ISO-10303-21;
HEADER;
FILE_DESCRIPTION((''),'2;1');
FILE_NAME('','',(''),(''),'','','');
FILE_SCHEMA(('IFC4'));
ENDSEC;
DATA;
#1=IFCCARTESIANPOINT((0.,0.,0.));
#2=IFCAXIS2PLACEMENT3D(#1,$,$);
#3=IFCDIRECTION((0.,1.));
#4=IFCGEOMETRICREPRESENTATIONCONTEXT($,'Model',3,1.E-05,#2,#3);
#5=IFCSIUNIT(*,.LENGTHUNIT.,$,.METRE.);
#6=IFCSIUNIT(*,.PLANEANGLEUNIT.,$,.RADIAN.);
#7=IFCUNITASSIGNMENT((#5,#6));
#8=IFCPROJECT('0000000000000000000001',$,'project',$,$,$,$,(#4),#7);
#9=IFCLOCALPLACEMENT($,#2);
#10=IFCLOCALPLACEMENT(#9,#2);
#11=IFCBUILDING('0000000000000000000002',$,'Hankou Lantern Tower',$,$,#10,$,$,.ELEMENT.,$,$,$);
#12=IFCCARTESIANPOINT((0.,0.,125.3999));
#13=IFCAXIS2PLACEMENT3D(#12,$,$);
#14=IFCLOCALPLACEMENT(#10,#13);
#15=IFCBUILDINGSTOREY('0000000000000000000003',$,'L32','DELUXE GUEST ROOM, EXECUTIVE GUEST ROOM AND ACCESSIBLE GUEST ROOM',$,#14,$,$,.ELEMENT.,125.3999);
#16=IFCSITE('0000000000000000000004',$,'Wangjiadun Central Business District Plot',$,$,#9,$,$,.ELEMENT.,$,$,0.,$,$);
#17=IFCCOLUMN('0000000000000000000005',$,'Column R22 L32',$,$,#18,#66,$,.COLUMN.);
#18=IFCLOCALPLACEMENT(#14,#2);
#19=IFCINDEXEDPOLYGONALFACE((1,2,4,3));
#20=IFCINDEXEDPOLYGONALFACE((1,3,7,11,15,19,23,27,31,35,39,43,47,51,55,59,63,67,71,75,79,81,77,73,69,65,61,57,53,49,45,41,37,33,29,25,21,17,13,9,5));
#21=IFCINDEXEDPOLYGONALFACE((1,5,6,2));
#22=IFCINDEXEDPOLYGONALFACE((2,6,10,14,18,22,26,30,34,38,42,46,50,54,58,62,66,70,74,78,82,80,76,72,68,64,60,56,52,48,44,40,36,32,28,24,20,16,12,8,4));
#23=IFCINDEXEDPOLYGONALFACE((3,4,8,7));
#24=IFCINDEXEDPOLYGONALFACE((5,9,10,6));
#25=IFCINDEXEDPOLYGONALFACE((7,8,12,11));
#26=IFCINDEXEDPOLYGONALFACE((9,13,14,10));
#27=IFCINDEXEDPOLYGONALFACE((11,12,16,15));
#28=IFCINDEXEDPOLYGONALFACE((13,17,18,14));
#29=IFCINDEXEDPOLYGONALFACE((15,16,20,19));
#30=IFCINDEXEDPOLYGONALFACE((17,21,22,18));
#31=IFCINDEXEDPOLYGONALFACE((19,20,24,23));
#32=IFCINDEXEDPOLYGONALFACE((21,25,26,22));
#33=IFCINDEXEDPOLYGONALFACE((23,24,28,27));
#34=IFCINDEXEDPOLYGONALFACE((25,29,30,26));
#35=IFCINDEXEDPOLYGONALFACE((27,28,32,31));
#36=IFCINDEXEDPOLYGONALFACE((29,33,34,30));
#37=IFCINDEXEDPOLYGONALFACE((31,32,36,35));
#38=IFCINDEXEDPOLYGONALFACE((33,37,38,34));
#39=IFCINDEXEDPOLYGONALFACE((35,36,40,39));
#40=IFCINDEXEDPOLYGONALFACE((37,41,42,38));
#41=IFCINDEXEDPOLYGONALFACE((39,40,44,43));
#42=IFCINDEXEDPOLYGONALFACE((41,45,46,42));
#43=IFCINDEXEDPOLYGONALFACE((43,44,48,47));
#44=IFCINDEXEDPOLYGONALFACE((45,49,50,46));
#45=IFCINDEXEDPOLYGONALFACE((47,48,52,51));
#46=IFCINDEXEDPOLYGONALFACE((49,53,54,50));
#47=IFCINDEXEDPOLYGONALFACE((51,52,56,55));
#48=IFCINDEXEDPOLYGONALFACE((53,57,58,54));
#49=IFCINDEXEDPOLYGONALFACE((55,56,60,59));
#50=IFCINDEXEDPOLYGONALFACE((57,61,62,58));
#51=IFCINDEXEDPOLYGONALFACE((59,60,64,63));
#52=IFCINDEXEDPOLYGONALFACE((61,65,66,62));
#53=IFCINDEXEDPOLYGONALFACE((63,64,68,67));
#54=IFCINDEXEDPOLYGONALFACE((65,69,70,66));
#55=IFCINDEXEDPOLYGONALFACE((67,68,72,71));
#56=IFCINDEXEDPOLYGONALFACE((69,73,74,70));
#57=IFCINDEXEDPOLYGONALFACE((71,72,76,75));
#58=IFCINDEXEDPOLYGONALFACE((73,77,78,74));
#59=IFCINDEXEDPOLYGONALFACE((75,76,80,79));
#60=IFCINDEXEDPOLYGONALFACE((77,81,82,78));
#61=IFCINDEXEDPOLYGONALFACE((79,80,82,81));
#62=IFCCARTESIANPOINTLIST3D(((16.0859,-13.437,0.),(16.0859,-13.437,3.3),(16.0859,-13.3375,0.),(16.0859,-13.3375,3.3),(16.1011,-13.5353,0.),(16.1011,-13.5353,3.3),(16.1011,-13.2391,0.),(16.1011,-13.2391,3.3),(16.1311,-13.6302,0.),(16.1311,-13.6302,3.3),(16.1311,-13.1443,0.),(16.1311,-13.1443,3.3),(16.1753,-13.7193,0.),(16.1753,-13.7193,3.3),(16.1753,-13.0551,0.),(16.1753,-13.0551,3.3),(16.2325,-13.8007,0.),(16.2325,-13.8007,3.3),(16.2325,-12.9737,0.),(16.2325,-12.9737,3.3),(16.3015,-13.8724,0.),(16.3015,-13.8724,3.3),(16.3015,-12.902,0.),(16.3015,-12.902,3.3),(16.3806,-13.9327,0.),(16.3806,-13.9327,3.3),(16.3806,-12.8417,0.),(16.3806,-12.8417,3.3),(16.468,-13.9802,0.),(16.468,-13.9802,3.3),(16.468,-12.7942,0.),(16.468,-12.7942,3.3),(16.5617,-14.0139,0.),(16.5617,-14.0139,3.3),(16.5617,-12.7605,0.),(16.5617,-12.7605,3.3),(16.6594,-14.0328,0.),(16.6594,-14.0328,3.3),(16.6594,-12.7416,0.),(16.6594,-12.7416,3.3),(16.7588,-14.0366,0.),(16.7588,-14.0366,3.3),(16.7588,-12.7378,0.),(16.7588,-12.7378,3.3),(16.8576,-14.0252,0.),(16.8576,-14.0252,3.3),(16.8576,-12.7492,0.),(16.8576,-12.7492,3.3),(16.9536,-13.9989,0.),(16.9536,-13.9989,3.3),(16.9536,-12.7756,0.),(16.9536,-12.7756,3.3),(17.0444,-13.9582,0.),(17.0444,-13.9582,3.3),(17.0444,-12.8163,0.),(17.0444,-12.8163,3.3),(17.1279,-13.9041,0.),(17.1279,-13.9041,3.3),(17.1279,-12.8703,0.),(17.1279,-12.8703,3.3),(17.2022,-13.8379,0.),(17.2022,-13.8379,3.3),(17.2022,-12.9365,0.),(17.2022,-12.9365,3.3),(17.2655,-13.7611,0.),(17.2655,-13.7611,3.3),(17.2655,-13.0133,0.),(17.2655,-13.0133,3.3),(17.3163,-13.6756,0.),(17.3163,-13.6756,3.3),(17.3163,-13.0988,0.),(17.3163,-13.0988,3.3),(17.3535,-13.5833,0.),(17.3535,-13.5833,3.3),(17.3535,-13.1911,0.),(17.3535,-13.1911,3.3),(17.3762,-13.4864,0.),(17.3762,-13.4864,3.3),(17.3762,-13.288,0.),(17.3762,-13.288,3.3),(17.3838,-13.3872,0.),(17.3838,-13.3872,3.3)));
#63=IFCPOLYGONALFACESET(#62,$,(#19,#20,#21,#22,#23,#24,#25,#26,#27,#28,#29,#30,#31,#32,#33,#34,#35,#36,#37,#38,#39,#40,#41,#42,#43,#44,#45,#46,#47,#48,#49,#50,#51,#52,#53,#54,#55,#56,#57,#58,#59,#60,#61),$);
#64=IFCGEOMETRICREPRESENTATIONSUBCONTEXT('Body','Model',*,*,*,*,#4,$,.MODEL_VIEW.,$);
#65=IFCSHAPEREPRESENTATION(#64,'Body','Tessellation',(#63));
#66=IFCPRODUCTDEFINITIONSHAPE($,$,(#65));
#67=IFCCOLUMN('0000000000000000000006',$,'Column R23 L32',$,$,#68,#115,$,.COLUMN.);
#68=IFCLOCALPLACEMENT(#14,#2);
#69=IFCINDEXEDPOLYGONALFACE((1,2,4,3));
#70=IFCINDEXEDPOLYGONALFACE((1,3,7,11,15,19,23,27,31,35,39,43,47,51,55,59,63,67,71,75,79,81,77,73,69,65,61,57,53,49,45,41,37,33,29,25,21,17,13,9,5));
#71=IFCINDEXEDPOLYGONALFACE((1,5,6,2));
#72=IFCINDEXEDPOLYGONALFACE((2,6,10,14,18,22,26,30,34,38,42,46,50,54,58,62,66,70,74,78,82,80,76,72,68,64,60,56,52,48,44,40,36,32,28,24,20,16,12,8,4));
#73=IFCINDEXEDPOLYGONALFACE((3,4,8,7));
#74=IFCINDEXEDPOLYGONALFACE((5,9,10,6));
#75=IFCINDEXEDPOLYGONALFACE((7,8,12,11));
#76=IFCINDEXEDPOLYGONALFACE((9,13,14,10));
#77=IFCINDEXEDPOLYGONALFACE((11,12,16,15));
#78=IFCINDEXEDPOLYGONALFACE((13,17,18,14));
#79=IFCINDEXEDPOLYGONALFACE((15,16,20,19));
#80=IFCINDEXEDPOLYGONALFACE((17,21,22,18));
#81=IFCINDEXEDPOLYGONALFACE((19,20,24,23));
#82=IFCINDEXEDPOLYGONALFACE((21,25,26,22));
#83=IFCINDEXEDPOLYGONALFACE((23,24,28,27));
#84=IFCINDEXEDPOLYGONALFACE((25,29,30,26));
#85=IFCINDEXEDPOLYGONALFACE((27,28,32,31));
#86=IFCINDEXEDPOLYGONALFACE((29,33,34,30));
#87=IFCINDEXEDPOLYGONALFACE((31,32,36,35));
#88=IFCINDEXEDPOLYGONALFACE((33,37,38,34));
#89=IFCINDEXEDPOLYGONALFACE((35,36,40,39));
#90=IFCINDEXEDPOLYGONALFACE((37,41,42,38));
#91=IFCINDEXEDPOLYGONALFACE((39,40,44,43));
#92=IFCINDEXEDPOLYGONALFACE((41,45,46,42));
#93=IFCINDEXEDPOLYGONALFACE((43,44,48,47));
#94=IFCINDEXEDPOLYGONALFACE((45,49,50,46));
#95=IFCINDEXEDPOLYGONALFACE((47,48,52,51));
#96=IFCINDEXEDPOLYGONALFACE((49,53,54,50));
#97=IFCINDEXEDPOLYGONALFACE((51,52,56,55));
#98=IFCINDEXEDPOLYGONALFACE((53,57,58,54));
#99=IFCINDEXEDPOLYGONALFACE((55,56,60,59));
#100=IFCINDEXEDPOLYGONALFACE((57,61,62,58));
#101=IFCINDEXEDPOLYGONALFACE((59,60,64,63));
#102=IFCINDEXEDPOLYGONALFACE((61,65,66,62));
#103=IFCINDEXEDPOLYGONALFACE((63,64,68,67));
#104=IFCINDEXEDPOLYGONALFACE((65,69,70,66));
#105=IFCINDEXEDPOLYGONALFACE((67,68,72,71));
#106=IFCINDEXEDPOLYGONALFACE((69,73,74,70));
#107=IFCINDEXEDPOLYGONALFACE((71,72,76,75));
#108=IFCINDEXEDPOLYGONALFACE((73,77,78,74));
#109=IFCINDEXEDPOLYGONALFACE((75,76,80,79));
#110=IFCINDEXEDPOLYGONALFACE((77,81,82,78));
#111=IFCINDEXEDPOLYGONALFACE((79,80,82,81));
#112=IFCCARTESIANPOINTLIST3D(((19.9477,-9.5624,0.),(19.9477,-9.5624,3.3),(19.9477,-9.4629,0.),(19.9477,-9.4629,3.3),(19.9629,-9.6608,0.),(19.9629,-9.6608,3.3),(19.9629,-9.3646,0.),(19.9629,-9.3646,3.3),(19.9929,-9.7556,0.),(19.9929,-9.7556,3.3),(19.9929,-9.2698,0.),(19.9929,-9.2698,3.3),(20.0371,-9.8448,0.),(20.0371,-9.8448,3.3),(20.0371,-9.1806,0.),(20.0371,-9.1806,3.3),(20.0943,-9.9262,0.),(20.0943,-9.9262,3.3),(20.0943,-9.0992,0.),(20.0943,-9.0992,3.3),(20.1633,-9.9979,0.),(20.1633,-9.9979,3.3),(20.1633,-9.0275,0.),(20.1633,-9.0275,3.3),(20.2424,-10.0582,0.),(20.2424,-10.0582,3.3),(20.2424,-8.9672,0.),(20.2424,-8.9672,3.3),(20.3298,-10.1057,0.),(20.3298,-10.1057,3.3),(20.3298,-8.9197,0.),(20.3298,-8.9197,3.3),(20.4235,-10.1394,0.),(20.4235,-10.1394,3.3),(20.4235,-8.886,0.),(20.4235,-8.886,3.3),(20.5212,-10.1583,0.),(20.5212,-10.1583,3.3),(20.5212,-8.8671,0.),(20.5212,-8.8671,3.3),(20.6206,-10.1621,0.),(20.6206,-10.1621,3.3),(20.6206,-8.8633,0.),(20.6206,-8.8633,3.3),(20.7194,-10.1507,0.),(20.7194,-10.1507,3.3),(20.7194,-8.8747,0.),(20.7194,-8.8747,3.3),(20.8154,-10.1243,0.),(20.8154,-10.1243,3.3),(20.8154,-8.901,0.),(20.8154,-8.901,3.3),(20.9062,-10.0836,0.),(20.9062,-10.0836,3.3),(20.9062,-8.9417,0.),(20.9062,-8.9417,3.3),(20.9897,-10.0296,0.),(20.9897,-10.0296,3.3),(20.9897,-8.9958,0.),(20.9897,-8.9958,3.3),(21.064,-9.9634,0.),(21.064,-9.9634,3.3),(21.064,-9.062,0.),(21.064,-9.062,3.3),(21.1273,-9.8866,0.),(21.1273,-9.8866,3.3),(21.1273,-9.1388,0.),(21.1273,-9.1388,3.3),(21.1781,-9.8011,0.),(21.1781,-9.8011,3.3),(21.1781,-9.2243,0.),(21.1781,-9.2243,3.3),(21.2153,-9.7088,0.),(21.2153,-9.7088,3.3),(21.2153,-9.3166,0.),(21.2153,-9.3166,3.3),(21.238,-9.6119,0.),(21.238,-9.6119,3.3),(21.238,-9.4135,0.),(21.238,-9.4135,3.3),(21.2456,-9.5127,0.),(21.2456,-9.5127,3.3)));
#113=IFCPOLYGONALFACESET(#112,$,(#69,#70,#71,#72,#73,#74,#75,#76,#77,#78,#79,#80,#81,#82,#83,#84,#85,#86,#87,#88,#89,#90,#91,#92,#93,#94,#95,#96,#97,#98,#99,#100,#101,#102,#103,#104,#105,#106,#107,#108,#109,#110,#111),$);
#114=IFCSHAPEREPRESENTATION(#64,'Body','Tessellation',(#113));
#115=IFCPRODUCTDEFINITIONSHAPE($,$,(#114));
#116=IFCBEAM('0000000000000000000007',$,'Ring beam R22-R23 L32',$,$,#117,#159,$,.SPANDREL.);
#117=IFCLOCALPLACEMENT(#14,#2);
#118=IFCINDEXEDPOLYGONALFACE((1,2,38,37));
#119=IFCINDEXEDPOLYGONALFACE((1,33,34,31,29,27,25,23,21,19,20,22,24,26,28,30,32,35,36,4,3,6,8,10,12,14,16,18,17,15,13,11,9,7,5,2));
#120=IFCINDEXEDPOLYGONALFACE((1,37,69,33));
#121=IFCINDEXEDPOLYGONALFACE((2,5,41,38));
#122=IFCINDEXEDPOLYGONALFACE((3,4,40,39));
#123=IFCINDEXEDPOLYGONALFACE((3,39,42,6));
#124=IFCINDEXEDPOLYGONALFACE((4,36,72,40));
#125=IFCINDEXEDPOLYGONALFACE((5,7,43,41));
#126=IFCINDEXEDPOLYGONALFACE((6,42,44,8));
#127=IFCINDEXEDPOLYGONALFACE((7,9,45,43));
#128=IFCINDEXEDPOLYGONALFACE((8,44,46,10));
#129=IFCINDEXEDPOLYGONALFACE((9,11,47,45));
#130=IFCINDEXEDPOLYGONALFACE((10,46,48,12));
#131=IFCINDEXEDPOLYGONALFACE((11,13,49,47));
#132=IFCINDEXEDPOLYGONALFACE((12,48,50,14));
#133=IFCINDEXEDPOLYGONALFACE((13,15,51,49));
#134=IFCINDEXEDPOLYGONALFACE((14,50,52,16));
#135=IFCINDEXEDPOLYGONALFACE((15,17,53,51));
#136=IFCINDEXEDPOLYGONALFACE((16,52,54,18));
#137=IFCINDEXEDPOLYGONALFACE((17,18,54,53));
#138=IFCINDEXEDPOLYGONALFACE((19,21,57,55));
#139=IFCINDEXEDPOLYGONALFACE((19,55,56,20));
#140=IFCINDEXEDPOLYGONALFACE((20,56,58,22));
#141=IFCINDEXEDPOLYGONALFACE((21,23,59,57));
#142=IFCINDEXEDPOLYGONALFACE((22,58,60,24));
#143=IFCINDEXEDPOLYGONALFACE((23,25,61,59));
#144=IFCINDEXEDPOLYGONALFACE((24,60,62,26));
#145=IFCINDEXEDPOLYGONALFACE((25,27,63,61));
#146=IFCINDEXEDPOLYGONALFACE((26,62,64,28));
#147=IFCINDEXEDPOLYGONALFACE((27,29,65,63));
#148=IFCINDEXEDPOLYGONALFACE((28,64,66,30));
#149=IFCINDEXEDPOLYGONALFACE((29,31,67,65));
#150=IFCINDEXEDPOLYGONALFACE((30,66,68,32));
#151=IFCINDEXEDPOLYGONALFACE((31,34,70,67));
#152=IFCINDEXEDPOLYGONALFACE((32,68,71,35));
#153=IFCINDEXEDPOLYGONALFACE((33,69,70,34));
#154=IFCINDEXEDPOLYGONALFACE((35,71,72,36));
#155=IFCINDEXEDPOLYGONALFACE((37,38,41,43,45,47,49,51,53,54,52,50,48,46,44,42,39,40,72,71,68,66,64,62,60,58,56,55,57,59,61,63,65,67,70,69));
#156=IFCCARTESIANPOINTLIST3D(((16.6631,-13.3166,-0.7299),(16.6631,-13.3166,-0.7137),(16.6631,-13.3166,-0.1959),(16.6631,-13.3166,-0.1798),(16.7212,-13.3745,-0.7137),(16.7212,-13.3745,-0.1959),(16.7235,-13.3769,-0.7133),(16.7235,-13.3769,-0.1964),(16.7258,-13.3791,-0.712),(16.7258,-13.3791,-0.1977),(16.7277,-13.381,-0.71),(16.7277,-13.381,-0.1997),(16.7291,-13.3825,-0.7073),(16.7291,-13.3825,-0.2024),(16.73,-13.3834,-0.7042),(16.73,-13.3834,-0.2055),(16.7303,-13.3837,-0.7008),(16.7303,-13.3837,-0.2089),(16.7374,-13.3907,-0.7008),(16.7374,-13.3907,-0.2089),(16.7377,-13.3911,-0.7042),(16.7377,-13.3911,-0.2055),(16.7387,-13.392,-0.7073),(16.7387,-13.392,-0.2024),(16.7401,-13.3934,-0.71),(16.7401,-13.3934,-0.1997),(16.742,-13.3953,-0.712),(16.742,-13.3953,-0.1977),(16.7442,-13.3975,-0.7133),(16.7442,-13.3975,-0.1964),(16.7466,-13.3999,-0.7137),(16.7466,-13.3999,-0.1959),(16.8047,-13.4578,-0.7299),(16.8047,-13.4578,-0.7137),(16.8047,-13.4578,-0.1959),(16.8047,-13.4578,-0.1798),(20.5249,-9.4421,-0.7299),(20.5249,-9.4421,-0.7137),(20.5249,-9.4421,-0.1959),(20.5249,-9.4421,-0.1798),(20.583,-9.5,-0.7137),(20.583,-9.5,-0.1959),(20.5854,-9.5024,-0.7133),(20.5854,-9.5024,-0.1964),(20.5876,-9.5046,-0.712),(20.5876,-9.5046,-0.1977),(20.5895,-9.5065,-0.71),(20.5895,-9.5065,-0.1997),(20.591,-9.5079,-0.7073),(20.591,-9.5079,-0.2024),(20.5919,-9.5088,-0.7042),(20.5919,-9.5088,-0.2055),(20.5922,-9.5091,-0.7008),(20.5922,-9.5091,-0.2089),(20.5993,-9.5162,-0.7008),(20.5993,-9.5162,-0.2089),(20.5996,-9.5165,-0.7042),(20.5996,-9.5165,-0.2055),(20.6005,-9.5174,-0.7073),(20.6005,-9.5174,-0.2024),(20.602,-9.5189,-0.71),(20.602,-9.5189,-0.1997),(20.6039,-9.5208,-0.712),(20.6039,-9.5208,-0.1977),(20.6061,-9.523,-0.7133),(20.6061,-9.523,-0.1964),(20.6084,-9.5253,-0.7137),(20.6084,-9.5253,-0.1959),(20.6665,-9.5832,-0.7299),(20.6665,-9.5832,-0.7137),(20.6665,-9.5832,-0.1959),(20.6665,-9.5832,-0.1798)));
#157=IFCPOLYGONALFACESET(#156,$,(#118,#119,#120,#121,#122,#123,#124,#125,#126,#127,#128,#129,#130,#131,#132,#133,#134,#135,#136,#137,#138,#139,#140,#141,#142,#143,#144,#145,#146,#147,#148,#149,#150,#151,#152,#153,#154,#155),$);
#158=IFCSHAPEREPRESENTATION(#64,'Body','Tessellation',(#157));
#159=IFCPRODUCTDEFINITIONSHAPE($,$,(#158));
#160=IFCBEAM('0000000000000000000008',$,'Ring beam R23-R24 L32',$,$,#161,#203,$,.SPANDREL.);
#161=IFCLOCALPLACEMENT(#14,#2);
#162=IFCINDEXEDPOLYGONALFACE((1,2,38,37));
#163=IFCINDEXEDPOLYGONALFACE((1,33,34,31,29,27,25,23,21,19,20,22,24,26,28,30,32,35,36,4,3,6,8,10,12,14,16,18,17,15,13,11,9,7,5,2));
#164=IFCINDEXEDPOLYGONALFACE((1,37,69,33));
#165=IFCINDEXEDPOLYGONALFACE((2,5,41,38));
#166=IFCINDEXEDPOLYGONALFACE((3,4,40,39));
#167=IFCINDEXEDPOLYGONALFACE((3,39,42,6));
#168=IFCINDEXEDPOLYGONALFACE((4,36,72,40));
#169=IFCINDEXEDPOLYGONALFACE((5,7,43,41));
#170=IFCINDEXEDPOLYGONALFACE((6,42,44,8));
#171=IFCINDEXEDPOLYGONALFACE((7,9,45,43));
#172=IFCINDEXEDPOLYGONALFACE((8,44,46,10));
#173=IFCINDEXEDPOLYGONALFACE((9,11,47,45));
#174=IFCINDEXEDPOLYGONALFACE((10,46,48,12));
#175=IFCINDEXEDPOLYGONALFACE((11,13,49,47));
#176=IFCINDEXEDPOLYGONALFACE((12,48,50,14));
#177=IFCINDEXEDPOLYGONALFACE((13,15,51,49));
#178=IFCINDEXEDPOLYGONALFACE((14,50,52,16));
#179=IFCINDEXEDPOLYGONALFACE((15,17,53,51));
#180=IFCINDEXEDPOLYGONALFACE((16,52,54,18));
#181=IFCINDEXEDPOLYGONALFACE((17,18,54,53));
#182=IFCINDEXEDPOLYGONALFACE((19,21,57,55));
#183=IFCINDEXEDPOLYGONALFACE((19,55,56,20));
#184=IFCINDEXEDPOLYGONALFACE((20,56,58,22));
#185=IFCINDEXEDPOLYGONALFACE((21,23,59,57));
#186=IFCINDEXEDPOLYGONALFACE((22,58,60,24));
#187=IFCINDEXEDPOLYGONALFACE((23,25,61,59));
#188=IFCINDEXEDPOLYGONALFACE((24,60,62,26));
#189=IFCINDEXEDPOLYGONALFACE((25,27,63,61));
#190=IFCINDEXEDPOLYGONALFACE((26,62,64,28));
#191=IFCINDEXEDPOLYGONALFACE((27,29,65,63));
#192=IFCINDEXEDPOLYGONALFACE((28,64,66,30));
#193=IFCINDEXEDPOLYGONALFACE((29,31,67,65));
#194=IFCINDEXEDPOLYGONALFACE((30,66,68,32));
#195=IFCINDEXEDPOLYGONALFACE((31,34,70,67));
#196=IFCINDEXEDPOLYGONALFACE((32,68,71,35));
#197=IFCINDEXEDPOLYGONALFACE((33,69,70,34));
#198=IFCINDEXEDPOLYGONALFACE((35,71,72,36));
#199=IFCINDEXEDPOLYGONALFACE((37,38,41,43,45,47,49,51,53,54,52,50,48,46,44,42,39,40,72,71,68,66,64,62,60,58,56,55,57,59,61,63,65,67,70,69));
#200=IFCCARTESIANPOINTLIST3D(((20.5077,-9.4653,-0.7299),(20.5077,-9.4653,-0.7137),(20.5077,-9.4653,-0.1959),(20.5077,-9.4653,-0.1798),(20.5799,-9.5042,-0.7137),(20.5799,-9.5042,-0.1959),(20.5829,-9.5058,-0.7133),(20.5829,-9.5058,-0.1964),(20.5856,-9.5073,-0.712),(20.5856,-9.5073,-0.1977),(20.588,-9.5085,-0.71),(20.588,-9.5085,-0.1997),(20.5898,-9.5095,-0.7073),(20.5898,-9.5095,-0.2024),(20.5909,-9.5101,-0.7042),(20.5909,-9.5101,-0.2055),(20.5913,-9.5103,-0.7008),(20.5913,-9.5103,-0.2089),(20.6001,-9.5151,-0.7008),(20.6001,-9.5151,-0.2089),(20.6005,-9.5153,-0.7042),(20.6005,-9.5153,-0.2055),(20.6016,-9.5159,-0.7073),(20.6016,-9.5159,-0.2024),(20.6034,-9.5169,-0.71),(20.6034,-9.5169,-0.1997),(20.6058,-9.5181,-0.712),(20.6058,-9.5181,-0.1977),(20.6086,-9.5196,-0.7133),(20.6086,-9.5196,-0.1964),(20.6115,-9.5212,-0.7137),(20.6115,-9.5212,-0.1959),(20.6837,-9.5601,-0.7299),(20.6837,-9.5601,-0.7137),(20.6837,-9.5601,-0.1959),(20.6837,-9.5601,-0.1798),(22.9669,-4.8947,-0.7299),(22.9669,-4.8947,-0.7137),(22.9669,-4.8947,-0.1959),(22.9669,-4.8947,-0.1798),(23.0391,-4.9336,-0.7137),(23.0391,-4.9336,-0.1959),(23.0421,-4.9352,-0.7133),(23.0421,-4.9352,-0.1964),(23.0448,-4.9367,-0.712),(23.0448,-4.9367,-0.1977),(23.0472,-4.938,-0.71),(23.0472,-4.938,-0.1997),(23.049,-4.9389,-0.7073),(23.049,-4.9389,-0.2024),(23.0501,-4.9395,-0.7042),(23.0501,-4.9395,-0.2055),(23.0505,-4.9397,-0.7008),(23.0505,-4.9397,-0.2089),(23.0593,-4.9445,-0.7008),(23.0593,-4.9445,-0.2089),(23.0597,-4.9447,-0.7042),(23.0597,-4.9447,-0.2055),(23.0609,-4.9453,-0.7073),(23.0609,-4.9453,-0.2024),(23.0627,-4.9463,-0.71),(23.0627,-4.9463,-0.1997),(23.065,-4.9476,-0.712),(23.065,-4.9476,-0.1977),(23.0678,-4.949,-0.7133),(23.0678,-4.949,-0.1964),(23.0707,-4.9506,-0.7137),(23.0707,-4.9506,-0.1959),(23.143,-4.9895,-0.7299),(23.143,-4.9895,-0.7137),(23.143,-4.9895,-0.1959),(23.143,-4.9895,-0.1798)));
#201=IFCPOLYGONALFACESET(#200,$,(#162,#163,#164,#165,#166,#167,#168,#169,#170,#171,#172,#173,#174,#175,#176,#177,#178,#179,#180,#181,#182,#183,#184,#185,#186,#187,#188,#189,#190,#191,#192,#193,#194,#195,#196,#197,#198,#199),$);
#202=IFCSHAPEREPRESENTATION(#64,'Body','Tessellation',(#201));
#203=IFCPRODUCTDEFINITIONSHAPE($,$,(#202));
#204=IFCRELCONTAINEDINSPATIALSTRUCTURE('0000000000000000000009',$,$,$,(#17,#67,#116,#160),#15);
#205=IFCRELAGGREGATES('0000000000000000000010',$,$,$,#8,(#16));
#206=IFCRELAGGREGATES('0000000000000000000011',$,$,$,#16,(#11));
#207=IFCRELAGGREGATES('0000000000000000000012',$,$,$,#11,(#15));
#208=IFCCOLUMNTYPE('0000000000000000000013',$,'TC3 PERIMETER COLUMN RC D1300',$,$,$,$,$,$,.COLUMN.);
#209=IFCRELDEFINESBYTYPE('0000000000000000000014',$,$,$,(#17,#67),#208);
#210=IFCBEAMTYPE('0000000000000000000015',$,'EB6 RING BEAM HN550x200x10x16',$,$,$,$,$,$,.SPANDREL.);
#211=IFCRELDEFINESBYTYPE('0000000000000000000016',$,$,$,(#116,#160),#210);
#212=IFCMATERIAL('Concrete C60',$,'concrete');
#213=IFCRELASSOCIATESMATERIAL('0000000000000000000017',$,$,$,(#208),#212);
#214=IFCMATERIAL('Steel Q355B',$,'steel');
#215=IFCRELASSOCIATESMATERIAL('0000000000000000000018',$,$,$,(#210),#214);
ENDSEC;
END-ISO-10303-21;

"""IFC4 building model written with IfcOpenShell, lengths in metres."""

from ifc_helpers import new_model, si_unit, direction, frame, origin, origin_2d, place, context, subcontext, project, spatial, circle, i_section, extrude, material, material_profile, profile_set, type_object, element, save


model = new_model("IFC4")

# Units and contexts
model_context = context("Model", 3, precision=1e-05, world=origin(), true_north=direction((0.0, 1.0)))
body_context = subcontext(model_context, "Body", "Model", "MODEL_VIEW")
ifc_project = project(units=[si_unit("LENGTHUNIT", "METRE"), si_unit("PLANEANGLEUNIT", "RADIAN")], contexts=[model_context])

# Site, building, storey
site_placement = place(None, origin())
site = spatial("IfcSite", under=ifc_project, at=site_placement, Name="Wangjiadun Central Business District Plot", CompositionType="ELEMENT", RefElevation=0.0)
building_placement = place(site_placement, origin())
building = spatial("IfcBuilding", under=site, at=building_placement, Name="Hankou Lantern Tower", CompositionType="ELEMENT")
storey_placement = place(building_placement, frame((0.0, 0.0, 125.3999)))
storey = spatial("IfcBuildingStorey", under=building, at=storey_placement, Name="L32", Description="DELUXE GUEST ROOM, EXECUTIVE GUEST ROOM AND ACCESSIBLE GUEST ROOM", CompositionType="ELEMENT", Elevation=125.3999)

# Columns
ifc_material_1 = material(Name="Concrete C60", Category="concrete")
ifc_material_profile_1 = material_profile(ifc_material_1, circle(Radius=0.6499, at=origin_2d()), Name="RC D1300")
ifc_profile_set_1 = profile_set([ifc_material_profile_1], Name="Concrete C60")
column_type = type_object("IfcColumnType", Name="TC3 PERIMETER COLUMN RC D1300", PredefinedType="COLUMN", material=ifc_profile_set_1)
for number, where, z_axis, x_axis, name in (
    (1, (16.7339, -13.3872, 0.0), (0.0, 0.0, 1.0), (1.0, 0.0, 0.0), "Column R22 L32"),
    (2, (20.5957, -9.5127, 0.0), (0.0, 0.0, 1.0), (1.0, 0.0, 0.0), "Column R23 L32"),
):
    element("IfcColumn", number, at=place(storey_placement, frame(where, z_axis=z_axis, x_axis=x_axis)), inside=storey, type_object=column_type, Name=name, PredefinedType="COLUMN", context=body_context, shape_type="SweptSolid", body=[
        extrude(circle(Radius=0.6499, at=origin_2d()), origin(), (0.0, 0.0, 1.0), 3.3),
    ])

# Beams
ifc_material_2 = material(Name="Steel Q355B", Category="steel")
ifc_material_profile_2 = material_profile(ifc_material_2, i_section(OverallWidth=0.2, OverallDepth=0.55, WebThickness=0.01, FlangeThickness=0.0161, FilletRadius=0.0129, at=origin_2d()), Name="HN550x200x10x16")
ifc_profile_set_2 = profile_set([ifc_material_profile_2], Name="Steel Q355B")
beam_type = type_object("IfcBeamType", Name="EB6 RING BEAM HN550x200x10x16", PredefinedType="SPANDREL", material=ifc_profile_set_2)
beam_1_placement = place(storey_placement, frame((16.7339, -13.3872, -0.4548), z_axis=(0.705945, 0.708266, 0.0), x_axis=(-0.708266, 0.705945, 0.0)))
element("IfcBeam", 3, at=beam_1_placement, inside=storey, type_object=beam_type, Name="Ring beam R22-R23 L32", PredefinedType="SPANDREL", context=body_context, shape_type="SweptSolid", body=[
    extrude(i_section(OverallWidth=0.2, OverallDepth=0.55, WebThickness=0.01, FlangeThickness=0.0161, FilletRadius=0.0129, at=origin_2d()), origin(), (0.0, 0.0, 1.0), 5.4705),
])
beam_2_placement = place(storey_placement, frame((20.5957, -9.5127, -0.4548), z_axis=(0.473825, 0.880619, 0.0), x_axis=(-0.880619, 0.473825, 0.0)))
element("IfcBeam", 4, at=beam_2_placement, inside=storey, type_object=beam_type, Name="Ring beam R23-R24 L32", PredefinedType="SPANDREL", context=body_context, shape_type="SweptSolid", body=[
    extrude(i_section(OverallWidth=0.2, OverallDepth=0.55, WebThickness=0.01, FlangeThickness=0.0161, FilletRadius=0.0129, at=origin_2d()), origin(), (0.0, 0.0, 1.0), 5.1902),
])

save(model, "model.ifc")
